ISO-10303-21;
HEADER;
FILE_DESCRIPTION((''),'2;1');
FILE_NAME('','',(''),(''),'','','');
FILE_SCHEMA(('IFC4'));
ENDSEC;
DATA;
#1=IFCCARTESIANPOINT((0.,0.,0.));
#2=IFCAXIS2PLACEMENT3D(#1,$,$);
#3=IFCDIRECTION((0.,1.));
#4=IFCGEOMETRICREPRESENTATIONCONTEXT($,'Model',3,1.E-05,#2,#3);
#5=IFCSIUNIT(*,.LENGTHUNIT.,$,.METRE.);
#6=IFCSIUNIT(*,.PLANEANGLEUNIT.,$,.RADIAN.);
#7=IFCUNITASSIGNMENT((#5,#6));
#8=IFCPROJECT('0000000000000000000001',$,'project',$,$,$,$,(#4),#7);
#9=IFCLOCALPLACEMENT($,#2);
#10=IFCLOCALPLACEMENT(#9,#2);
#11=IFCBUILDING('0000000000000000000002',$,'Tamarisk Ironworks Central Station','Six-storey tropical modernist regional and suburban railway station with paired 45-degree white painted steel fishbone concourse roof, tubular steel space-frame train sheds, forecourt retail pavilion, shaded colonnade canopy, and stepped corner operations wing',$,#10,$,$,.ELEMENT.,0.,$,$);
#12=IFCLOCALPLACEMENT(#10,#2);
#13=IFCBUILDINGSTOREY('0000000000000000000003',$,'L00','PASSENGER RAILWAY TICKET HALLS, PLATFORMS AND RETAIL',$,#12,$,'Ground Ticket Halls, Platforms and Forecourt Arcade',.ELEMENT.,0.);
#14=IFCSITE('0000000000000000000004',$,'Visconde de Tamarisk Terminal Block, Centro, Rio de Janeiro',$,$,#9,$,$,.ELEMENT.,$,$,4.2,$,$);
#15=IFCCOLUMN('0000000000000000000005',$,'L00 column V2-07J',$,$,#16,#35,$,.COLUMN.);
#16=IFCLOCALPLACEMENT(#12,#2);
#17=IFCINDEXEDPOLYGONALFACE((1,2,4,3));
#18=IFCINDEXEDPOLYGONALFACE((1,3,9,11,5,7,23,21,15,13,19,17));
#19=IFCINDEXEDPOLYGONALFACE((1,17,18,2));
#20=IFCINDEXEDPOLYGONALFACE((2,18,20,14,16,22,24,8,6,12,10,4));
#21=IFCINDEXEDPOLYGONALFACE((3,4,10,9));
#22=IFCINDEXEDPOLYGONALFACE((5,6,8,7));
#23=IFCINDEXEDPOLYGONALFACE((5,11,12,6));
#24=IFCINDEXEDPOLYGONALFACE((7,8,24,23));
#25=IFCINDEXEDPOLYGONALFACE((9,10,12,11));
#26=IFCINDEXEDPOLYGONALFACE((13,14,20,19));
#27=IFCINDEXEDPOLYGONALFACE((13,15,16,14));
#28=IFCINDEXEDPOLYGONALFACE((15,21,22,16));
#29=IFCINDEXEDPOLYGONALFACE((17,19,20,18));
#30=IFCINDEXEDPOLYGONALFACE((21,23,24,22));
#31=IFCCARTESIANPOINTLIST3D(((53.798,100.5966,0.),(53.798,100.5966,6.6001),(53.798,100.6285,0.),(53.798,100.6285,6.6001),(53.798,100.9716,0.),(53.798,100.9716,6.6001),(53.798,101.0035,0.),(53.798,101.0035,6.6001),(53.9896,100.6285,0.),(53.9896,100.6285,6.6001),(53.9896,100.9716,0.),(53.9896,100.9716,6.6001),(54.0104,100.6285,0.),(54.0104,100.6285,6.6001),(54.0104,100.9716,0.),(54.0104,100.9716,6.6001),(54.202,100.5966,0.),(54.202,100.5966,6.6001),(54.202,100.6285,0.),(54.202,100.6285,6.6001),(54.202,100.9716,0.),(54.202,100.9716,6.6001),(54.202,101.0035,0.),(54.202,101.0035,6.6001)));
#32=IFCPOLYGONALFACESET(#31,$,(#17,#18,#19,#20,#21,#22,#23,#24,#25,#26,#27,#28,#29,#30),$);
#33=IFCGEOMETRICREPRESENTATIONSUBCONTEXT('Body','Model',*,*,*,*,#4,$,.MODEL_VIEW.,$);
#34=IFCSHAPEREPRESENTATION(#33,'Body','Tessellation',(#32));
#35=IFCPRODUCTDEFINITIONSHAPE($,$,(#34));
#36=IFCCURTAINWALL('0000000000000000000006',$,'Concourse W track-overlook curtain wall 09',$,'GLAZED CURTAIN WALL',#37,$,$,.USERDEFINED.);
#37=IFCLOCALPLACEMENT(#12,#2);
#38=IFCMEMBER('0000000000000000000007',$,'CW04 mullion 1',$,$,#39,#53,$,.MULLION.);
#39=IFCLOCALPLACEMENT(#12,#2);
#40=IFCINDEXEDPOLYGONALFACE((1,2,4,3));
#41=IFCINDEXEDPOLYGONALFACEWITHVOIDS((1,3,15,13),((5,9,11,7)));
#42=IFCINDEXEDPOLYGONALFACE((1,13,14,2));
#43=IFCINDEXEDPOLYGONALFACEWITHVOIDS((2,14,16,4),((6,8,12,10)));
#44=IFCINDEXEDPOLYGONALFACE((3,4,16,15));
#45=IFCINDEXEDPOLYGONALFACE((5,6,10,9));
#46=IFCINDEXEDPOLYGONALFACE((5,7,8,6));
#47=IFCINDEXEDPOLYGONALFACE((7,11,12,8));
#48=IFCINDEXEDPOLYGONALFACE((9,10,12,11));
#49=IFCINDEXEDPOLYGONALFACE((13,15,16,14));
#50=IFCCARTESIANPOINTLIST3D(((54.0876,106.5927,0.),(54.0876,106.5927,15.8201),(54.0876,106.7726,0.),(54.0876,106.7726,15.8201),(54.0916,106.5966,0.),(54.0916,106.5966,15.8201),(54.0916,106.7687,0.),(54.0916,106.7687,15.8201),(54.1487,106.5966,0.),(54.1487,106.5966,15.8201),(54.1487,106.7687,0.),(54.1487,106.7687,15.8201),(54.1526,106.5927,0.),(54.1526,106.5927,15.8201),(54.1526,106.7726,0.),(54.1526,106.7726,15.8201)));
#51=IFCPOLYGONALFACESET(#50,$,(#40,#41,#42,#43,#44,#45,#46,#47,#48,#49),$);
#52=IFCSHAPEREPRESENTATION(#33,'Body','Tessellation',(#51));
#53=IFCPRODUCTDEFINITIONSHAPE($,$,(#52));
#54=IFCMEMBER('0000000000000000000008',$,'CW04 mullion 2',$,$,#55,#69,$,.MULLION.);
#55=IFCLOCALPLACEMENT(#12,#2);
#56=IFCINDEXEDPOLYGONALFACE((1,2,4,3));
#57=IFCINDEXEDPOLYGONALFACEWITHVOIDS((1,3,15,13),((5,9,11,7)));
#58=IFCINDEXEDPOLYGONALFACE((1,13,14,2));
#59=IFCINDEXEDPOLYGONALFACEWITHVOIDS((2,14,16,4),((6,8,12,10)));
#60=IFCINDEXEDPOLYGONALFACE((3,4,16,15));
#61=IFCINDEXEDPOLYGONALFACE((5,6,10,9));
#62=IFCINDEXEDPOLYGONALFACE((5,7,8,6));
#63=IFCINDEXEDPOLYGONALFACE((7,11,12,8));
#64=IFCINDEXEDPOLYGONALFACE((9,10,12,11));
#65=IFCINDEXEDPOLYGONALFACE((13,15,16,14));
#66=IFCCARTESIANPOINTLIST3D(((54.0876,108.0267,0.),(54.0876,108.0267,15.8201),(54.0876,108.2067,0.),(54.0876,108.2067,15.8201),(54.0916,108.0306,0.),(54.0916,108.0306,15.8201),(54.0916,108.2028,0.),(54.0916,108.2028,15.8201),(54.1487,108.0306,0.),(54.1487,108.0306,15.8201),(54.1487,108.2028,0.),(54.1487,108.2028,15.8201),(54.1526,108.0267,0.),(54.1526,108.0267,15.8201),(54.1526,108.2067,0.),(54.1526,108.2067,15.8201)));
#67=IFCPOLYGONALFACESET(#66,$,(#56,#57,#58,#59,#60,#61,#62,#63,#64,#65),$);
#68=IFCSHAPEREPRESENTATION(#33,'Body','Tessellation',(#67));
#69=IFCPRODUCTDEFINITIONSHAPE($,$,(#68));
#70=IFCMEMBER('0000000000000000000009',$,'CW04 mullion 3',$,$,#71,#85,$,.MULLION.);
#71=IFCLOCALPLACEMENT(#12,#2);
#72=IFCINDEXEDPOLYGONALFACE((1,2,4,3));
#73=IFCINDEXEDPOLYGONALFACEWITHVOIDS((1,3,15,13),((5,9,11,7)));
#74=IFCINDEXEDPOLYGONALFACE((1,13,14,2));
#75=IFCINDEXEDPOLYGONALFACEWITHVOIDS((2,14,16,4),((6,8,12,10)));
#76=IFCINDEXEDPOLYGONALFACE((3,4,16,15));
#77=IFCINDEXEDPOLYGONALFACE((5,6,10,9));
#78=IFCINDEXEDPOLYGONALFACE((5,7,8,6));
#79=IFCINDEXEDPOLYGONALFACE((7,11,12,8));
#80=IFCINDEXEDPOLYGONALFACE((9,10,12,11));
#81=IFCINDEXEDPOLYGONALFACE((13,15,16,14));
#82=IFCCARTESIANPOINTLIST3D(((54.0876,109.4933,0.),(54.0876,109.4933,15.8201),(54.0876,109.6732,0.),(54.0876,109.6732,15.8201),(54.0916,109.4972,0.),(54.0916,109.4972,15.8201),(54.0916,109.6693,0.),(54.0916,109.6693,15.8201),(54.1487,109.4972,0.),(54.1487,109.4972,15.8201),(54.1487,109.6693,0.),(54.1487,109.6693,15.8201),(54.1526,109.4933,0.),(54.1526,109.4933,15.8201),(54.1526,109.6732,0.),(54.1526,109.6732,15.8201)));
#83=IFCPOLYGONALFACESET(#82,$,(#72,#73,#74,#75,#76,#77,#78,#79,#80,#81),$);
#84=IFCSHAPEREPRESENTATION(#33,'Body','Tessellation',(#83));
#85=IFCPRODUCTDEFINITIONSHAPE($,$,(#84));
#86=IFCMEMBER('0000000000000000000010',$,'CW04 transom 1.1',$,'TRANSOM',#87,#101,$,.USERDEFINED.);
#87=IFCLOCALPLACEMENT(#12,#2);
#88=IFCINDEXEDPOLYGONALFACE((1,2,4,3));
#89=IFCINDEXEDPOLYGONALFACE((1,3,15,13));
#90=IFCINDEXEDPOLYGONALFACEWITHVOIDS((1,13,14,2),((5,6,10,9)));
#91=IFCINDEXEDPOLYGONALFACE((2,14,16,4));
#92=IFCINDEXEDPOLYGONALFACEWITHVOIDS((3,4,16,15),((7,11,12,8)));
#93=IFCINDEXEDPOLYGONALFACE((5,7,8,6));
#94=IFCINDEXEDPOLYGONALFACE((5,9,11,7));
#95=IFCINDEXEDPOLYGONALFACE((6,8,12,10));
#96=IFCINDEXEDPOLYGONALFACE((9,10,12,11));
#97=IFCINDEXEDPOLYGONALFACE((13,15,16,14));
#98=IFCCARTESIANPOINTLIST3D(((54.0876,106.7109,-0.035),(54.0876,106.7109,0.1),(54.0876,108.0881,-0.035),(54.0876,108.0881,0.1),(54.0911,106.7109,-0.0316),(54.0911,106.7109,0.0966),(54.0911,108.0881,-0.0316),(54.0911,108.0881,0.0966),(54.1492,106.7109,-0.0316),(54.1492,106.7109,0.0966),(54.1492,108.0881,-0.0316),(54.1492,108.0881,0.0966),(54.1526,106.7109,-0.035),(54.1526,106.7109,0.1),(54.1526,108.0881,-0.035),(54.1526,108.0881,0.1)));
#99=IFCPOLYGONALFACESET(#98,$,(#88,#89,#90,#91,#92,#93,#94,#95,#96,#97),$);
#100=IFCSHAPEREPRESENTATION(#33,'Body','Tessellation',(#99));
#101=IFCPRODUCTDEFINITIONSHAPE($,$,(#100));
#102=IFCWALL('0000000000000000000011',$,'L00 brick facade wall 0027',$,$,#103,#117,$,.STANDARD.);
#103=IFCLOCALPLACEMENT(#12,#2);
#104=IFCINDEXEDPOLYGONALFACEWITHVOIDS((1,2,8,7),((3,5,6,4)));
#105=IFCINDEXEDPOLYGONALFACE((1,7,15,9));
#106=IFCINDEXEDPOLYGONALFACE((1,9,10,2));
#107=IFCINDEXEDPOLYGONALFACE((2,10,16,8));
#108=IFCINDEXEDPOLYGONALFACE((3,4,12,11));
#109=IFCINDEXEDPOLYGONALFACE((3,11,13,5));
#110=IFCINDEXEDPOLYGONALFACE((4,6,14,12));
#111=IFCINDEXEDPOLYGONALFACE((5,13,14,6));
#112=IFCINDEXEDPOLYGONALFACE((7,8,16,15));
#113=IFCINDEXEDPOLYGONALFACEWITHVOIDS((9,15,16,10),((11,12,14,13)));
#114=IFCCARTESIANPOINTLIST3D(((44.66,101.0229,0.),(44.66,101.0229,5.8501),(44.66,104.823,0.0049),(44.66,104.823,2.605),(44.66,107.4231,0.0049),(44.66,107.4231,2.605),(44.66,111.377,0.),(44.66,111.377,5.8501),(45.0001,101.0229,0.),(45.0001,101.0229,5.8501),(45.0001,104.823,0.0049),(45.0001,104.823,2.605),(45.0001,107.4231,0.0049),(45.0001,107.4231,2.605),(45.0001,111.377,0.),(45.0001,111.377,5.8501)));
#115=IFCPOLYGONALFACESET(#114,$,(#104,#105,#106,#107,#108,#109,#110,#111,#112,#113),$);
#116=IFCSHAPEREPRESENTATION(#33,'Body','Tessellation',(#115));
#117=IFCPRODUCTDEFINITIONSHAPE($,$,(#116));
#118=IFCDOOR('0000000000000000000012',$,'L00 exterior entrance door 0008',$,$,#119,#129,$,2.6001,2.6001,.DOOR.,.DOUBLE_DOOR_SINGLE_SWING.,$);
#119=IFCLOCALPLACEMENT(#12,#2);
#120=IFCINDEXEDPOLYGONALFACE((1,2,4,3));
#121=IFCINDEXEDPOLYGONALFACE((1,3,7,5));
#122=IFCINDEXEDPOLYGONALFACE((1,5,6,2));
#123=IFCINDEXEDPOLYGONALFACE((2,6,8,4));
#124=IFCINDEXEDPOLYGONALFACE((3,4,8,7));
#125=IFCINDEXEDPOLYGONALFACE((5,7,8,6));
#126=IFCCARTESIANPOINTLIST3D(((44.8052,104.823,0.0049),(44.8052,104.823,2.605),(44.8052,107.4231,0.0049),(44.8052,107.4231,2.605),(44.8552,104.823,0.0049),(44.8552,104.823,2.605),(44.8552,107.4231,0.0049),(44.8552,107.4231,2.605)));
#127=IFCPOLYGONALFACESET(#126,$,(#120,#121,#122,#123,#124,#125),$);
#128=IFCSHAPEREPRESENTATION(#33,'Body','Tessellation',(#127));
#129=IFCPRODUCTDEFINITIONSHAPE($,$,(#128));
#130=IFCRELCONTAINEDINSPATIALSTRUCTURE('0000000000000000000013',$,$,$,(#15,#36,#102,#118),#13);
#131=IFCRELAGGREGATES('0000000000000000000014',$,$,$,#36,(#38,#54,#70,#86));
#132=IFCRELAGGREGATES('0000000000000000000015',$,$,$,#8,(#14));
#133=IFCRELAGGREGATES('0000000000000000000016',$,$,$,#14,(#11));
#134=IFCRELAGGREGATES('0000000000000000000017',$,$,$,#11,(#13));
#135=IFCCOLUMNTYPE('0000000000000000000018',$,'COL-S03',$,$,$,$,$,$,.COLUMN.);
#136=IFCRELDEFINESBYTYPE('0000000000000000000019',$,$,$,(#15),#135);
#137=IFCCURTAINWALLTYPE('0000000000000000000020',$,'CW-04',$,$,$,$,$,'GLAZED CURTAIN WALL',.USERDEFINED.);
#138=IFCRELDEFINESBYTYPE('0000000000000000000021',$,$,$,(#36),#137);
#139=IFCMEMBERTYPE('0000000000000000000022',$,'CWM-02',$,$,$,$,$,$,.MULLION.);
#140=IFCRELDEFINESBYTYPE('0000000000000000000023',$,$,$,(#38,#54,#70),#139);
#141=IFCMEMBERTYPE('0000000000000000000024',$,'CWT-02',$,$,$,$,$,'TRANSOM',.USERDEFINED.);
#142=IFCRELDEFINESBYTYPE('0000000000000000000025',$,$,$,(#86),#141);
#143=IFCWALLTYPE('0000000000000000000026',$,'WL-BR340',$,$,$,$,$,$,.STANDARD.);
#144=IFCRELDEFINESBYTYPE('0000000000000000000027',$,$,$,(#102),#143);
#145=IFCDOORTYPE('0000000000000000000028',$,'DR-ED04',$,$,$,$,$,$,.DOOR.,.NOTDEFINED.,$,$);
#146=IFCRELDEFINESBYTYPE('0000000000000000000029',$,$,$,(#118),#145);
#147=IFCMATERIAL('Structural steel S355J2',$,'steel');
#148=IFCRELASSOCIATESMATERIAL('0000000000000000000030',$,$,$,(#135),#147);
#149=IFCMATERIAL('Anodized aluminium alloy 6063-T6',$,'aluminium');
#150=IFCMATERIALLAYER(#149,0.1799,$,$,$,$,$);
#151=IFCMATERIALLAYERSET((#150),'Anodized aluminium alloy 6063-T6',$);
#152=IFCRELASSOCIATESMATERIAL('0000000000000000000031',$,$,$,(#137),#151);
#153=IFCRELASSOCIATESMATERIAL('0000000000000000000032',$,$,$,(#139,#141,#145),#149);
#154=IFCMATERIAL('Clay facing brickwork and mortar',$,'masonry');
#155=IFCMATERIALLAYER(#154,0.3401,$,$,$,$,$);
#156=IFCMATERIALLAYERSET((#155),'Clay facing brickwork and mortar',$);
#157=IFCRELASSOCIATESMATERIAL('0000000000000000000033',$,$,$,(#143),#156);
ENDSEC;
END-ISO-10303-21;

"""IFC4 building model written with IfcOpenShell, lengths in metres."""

from ifc_helpers import new_model, si_unit, direction, frame, frame_2d, origin, origin_2d, place, context, subcontext, project, spatial, rectangle, hollow_rectangle, i_section, extrude, material, layer, layer_set, material_profile, profile_set, type_object, element, fill, aggregate, save


model = new_model("IFC4")

# Units and contexts
model_context = context("Model", 3, precision=1e-05, world=origin(), true_north=direction((0.0, 1.0)))
body_context = subcontext(model_context, "Body", "Model", "MODEL_VIEW")
ifc_project = project(units=[si_unit("LENGTHUNIT", "METRE"), si_unit("PLANEANGLEUNIT", "RADIAN")], contexts=[model_context])

# Site, building, storey
site_placement = place(None, origin())
site = spatial("IfcSite", under=ifc_project, at=site_placement, Name="Visconde de Tamarisk Terminal Block, Centro, Rio de Janeiro", CompositionType="ELEMENT", RefElevation=4.2)
building_placement = place(site_placement, origin())
building = spatial("IfcBuilding", under=site, at=building_placement, Name="Tamarisk Ironworks Central Station", Description="Six-storey tropical modernist regional and suburban railway station with paired 45-degree white painted steel fishbone concourse roof, tubular steel space-frame train sheds, forecourt retail pavilion, shaded colonnade canopy, and stepped corner operations wing", CompositionType="ELEMENT", ElevationOfRefHeight=0.0)
storey_placement = place(building_placement, origin())
storey = spatial("IfcBuildingStorey", under=building, at=storey_placement, Name="L00", Description="PASSENGER RAILWAY TICKET HALLS, PLATFORMS AND RETAIL", LongName="Ground Ticket Halls, Platforms and Forecourt Arcade", CompositionType="ELEMENT", Elevation=0.0)

# Column
ifc_material_1 = material(Name="Clay facing brickwork and mortar", Category="masonry")
ifc_material_2 = material(Name="Structural steel S355J2", Category="steel")
ifc_material_profile_1 = material_profile(ifc_material_2, i_section(OverallWidth=0.4041, OverallDepth=0.407, WebThickness=0.0208, FlangeThickness=0.032, at=origin_2d()), Name="HD 400x347")
ifc_profile_set_1 = profile_set([ifc_material_profile_1], Name="Structural steel S355J2")
column_type_1 = type_object("IfcColumnType", Name="COL-S03", PredefinedType="COLUMN", material=ifc_profile_set_1)
column_placement = place(storey_placement, frame((54.0, 100.8, 0.0), z_axis=(0.0, 0.0, 1.0), x_axis=(1.0, 0.0, 0.0)))
element("IfcColumn", 1, at=column_placement, inside=storey, type_object=column_type_1, Name="L00 column V2-07J", PredefinedType="COLUMN", context=body_context, shape_type="SweptSolid", body=[
    extrude(i_section(OverallWidth=0.4041, OverallDepth=0.407, WebThickness=0.0208, FlangeThickness=0.032, at=origin_2d()), origin(), (0.0, 0.0, 1.0), 6.6001),
])

# Curtain wall, members
ifc_material_3 = material(Name="Anodized aluminium alloy 6063-T6", Category="aluminium")
ifc_layer_1 = layer(ifc_material_3, 0.1799)
ifc_layer_set_1 = layer_set([ifc_layer_1], Name="Anodized aluminium alloy 6063-T6")
curtain_wall_type = type_object("IfcCurtainWallType", Name="CW-04", ElementType="GLAZED CURTAIN WALL", PredefinedType="USERDEFINED", material=ifc_layer_set_1)
curtain_wall_placement = place(storey_placement, origin())
curtain_wall = element("IfcCurtainWall", 2, at=curtain_wall_placement, inside=storey, type_object=curtain_wall_type, Name="Concourse W track-overlook curtain wall 09", ObjectType="GLAZED CURTAIN WALL", PredefinedType="USERDEFINED")
ifc_material_profile_2 = material_profile(ifc_material_3, hollow_rectangle(XDim=0.0649, YDim=0.1799, WallThickness=0.0039, at=origin_2d()), Name="ALUM 180x65")
ifc_profile_set_2 = profile_set([ifc_material_profile_2], Name="Anodized aluminium alloy 6063-T6")
member_type_1 = type_object("IfcMemberType", Name="CWM-02", PredefinedType="MULLION", material=ifc_profile_set_2)
member_1_placement = place(storey_placement, frame((54.1201, 106.6826, 0.0), z_axis=(0.0, 0.0, 1.0), x_axis=(-1.0, 0.0, 0.0)))
member_1 = element("IfcMember", 3, at=member_1_placement, type_object=member_type_1, Name="CW04 mullion 1", PredefinedType="MULLION", context=body_context, shape_type="SweptSolid", body=[
    extrude(hollow_rectangle(XDim=0.0649, YDim=0.1799, WallThickness=0.0039, at=origin_2d()), origin(), (0.0, 0.0, 1.0), 15.8201),
])
member_2_placement = place(storey_placement, frame((54.1201, 108.1167, 0.0), z_axis=(0.0, 0.0, 1.0), x_axis=(-1.0, 0.0, 0.0)))
member_2 = element("IfcMember", 4, at=member_2_placement, type_object=member_type_1, Name="CW04 mullion 2", PredefinedType="MULLION", context=body_context, shape_type="SweptSolid", body=[
    extrude(hollow_rectangle(XDim=0.0649, YDim=0.1799, WallThickness=0.0039, at=origin_2d()), origin(), (0.0, 0.0, 1.0), 15.8201),
])
member_3_placement = place(storey_placement, frame((54.1201, 109.5833, 0.0), z_axis=(0.0, 0.0, 1.0), x_axis=(-1.0, 0.0, 0.0)))
member_3 = element("IfcMember", 5, at=member_3_placement, type_object=member_type_1, Name="CW04 mullion 3", PredefinedType="MULLION", context=body_context, shape_type="SweptSolid", body=[
    extrude(hollow_rectangle(XDim=0.0649, YDim=0.1799, WallThickness=0.0039, at=origin_2d()), origin(), (0.0, 0.0, 1.0), 15.8201),
])
ifc_material_profile_3 = material_profile(ifc_material_3, hollow_rectangle(XDim=0.0649, YDim=0.135, WallThickness=0.0034, at=origin_2d()), Name="ALUM 135x65")
ifc_profile_set_3 = profile_set([ifc_material_profile_3], Name="Anodized aluminium alloy 6063-T6")
member_type_2 = type_object("IfcMemberType", Name="CWT-02", ElementType="TRANSOM", PredefinedType="USERDEFINED", material=ifc_profile_set_3)
member_4_placement = place(storey_placement, frame((54.1201, 106.7109, 0.0325), z_axis=(0.0, 1.0, 0.0), x_axis=(-1.0, 0.0, 0.0)))
member_4 = element("IfcMember", 6, at=member_4_placement, type_object=member_type_2, Name="CW04 transom 1.1", ObjectType="TRANSOM", PredefinedType="USERDEFINED", context=body_context, shape_type="SweptSolid", body=[
    extrude(hollow_rectangle(XDim=0.0649, YDim=0.135, WallThickness=0.0034, at=origin_2d()), origin(), (0.0, 0.0, 1.0), 1.3772),
])
aggregate(curtain_wall, [member_1, member_2, member_3, member_4])

# Wall, opening, door
ifc_layer_2 = layer(ifc_material_1, 0.3401)
ifc_layer_set_2 = layer_set([ifc_layer_2], Name="Clay facing brickwork and mortar")
wall_type = type_object("IfcWallType", Name="WL-BR340", PredefinedType="STANDARD", material=ifc_layer_set_2)
wall_placement = place(storey_placement, frame((44.8301, 101.0229, 0.0), z_axis=(0.0, 0.0, 1.0), x_axis=(0.0, 1.0, 0.0)))
wall = element("IfcWall", 7, at=wall_placement, inside=storey, type_object=wall_type, Name="L00 brick facade wall 0027", PredefinedType="STANDARD", context=body_context, shape_type="SweptSolid", body=[
    extrude(rectangle(XDim=10.354, YDim=0.3401, at=frame_2d((5.177, 0.0))), origin(), (0.0, 0.0, 1.0), 5.8501),
])
opening_placement = place(wall_placement, frame((3.8, 0.0, 0.0049)))
opening = element("IfcOpeningElement", 8, at=opening_placement, cuts=wall, PredefinedType="OPENING", context=body_context, shape_type="SweptSolid", body=[
    extrude(rectangle(XDim=2.6001, YDim=2.6001, at=frame_2d((1.3, 1.3))), frame((0.0, 0.1821, 0.0), z_axis=(0.0, -1.0, 0.0), x_axis=(1.0, 0.0, 0.0)), (0.0, 0.0, 1.0), 0.364),
])
door_type = type_object("IfcDoorType", Name="DR-ED04", OperationType="NOTDEFINED", PredefinedType="DOOR", material=ifc_material_3)
door_placement = place(opening_placement, origin())
door = element("IfcDoor", 9, at=door_placement, inside=storey, type_object=door_type, Name="L00 exterior entrance door 0008", OperationType="DOUBLE_DOOR_SINGLE_SWING", OverallHeight=2.6001, OverallWidth=2.6001, PredefinedType="DOOR", context=body_context, shape_type="SweptSolid", body=[
    extrude(rectangle(XDim=2.6001, YDim=2.6001, at=frame_2d((1.3, 1.3))), frame((0.0, 0.0249, 0.0), z_axis=(0.0, -1.0, 0.0), x_axis=(1.0, 0.0, 0.0)), (0.0, 0.0, 1.0), 0.05),
])
fill(opening, door)

save(model, "model.ifc")
